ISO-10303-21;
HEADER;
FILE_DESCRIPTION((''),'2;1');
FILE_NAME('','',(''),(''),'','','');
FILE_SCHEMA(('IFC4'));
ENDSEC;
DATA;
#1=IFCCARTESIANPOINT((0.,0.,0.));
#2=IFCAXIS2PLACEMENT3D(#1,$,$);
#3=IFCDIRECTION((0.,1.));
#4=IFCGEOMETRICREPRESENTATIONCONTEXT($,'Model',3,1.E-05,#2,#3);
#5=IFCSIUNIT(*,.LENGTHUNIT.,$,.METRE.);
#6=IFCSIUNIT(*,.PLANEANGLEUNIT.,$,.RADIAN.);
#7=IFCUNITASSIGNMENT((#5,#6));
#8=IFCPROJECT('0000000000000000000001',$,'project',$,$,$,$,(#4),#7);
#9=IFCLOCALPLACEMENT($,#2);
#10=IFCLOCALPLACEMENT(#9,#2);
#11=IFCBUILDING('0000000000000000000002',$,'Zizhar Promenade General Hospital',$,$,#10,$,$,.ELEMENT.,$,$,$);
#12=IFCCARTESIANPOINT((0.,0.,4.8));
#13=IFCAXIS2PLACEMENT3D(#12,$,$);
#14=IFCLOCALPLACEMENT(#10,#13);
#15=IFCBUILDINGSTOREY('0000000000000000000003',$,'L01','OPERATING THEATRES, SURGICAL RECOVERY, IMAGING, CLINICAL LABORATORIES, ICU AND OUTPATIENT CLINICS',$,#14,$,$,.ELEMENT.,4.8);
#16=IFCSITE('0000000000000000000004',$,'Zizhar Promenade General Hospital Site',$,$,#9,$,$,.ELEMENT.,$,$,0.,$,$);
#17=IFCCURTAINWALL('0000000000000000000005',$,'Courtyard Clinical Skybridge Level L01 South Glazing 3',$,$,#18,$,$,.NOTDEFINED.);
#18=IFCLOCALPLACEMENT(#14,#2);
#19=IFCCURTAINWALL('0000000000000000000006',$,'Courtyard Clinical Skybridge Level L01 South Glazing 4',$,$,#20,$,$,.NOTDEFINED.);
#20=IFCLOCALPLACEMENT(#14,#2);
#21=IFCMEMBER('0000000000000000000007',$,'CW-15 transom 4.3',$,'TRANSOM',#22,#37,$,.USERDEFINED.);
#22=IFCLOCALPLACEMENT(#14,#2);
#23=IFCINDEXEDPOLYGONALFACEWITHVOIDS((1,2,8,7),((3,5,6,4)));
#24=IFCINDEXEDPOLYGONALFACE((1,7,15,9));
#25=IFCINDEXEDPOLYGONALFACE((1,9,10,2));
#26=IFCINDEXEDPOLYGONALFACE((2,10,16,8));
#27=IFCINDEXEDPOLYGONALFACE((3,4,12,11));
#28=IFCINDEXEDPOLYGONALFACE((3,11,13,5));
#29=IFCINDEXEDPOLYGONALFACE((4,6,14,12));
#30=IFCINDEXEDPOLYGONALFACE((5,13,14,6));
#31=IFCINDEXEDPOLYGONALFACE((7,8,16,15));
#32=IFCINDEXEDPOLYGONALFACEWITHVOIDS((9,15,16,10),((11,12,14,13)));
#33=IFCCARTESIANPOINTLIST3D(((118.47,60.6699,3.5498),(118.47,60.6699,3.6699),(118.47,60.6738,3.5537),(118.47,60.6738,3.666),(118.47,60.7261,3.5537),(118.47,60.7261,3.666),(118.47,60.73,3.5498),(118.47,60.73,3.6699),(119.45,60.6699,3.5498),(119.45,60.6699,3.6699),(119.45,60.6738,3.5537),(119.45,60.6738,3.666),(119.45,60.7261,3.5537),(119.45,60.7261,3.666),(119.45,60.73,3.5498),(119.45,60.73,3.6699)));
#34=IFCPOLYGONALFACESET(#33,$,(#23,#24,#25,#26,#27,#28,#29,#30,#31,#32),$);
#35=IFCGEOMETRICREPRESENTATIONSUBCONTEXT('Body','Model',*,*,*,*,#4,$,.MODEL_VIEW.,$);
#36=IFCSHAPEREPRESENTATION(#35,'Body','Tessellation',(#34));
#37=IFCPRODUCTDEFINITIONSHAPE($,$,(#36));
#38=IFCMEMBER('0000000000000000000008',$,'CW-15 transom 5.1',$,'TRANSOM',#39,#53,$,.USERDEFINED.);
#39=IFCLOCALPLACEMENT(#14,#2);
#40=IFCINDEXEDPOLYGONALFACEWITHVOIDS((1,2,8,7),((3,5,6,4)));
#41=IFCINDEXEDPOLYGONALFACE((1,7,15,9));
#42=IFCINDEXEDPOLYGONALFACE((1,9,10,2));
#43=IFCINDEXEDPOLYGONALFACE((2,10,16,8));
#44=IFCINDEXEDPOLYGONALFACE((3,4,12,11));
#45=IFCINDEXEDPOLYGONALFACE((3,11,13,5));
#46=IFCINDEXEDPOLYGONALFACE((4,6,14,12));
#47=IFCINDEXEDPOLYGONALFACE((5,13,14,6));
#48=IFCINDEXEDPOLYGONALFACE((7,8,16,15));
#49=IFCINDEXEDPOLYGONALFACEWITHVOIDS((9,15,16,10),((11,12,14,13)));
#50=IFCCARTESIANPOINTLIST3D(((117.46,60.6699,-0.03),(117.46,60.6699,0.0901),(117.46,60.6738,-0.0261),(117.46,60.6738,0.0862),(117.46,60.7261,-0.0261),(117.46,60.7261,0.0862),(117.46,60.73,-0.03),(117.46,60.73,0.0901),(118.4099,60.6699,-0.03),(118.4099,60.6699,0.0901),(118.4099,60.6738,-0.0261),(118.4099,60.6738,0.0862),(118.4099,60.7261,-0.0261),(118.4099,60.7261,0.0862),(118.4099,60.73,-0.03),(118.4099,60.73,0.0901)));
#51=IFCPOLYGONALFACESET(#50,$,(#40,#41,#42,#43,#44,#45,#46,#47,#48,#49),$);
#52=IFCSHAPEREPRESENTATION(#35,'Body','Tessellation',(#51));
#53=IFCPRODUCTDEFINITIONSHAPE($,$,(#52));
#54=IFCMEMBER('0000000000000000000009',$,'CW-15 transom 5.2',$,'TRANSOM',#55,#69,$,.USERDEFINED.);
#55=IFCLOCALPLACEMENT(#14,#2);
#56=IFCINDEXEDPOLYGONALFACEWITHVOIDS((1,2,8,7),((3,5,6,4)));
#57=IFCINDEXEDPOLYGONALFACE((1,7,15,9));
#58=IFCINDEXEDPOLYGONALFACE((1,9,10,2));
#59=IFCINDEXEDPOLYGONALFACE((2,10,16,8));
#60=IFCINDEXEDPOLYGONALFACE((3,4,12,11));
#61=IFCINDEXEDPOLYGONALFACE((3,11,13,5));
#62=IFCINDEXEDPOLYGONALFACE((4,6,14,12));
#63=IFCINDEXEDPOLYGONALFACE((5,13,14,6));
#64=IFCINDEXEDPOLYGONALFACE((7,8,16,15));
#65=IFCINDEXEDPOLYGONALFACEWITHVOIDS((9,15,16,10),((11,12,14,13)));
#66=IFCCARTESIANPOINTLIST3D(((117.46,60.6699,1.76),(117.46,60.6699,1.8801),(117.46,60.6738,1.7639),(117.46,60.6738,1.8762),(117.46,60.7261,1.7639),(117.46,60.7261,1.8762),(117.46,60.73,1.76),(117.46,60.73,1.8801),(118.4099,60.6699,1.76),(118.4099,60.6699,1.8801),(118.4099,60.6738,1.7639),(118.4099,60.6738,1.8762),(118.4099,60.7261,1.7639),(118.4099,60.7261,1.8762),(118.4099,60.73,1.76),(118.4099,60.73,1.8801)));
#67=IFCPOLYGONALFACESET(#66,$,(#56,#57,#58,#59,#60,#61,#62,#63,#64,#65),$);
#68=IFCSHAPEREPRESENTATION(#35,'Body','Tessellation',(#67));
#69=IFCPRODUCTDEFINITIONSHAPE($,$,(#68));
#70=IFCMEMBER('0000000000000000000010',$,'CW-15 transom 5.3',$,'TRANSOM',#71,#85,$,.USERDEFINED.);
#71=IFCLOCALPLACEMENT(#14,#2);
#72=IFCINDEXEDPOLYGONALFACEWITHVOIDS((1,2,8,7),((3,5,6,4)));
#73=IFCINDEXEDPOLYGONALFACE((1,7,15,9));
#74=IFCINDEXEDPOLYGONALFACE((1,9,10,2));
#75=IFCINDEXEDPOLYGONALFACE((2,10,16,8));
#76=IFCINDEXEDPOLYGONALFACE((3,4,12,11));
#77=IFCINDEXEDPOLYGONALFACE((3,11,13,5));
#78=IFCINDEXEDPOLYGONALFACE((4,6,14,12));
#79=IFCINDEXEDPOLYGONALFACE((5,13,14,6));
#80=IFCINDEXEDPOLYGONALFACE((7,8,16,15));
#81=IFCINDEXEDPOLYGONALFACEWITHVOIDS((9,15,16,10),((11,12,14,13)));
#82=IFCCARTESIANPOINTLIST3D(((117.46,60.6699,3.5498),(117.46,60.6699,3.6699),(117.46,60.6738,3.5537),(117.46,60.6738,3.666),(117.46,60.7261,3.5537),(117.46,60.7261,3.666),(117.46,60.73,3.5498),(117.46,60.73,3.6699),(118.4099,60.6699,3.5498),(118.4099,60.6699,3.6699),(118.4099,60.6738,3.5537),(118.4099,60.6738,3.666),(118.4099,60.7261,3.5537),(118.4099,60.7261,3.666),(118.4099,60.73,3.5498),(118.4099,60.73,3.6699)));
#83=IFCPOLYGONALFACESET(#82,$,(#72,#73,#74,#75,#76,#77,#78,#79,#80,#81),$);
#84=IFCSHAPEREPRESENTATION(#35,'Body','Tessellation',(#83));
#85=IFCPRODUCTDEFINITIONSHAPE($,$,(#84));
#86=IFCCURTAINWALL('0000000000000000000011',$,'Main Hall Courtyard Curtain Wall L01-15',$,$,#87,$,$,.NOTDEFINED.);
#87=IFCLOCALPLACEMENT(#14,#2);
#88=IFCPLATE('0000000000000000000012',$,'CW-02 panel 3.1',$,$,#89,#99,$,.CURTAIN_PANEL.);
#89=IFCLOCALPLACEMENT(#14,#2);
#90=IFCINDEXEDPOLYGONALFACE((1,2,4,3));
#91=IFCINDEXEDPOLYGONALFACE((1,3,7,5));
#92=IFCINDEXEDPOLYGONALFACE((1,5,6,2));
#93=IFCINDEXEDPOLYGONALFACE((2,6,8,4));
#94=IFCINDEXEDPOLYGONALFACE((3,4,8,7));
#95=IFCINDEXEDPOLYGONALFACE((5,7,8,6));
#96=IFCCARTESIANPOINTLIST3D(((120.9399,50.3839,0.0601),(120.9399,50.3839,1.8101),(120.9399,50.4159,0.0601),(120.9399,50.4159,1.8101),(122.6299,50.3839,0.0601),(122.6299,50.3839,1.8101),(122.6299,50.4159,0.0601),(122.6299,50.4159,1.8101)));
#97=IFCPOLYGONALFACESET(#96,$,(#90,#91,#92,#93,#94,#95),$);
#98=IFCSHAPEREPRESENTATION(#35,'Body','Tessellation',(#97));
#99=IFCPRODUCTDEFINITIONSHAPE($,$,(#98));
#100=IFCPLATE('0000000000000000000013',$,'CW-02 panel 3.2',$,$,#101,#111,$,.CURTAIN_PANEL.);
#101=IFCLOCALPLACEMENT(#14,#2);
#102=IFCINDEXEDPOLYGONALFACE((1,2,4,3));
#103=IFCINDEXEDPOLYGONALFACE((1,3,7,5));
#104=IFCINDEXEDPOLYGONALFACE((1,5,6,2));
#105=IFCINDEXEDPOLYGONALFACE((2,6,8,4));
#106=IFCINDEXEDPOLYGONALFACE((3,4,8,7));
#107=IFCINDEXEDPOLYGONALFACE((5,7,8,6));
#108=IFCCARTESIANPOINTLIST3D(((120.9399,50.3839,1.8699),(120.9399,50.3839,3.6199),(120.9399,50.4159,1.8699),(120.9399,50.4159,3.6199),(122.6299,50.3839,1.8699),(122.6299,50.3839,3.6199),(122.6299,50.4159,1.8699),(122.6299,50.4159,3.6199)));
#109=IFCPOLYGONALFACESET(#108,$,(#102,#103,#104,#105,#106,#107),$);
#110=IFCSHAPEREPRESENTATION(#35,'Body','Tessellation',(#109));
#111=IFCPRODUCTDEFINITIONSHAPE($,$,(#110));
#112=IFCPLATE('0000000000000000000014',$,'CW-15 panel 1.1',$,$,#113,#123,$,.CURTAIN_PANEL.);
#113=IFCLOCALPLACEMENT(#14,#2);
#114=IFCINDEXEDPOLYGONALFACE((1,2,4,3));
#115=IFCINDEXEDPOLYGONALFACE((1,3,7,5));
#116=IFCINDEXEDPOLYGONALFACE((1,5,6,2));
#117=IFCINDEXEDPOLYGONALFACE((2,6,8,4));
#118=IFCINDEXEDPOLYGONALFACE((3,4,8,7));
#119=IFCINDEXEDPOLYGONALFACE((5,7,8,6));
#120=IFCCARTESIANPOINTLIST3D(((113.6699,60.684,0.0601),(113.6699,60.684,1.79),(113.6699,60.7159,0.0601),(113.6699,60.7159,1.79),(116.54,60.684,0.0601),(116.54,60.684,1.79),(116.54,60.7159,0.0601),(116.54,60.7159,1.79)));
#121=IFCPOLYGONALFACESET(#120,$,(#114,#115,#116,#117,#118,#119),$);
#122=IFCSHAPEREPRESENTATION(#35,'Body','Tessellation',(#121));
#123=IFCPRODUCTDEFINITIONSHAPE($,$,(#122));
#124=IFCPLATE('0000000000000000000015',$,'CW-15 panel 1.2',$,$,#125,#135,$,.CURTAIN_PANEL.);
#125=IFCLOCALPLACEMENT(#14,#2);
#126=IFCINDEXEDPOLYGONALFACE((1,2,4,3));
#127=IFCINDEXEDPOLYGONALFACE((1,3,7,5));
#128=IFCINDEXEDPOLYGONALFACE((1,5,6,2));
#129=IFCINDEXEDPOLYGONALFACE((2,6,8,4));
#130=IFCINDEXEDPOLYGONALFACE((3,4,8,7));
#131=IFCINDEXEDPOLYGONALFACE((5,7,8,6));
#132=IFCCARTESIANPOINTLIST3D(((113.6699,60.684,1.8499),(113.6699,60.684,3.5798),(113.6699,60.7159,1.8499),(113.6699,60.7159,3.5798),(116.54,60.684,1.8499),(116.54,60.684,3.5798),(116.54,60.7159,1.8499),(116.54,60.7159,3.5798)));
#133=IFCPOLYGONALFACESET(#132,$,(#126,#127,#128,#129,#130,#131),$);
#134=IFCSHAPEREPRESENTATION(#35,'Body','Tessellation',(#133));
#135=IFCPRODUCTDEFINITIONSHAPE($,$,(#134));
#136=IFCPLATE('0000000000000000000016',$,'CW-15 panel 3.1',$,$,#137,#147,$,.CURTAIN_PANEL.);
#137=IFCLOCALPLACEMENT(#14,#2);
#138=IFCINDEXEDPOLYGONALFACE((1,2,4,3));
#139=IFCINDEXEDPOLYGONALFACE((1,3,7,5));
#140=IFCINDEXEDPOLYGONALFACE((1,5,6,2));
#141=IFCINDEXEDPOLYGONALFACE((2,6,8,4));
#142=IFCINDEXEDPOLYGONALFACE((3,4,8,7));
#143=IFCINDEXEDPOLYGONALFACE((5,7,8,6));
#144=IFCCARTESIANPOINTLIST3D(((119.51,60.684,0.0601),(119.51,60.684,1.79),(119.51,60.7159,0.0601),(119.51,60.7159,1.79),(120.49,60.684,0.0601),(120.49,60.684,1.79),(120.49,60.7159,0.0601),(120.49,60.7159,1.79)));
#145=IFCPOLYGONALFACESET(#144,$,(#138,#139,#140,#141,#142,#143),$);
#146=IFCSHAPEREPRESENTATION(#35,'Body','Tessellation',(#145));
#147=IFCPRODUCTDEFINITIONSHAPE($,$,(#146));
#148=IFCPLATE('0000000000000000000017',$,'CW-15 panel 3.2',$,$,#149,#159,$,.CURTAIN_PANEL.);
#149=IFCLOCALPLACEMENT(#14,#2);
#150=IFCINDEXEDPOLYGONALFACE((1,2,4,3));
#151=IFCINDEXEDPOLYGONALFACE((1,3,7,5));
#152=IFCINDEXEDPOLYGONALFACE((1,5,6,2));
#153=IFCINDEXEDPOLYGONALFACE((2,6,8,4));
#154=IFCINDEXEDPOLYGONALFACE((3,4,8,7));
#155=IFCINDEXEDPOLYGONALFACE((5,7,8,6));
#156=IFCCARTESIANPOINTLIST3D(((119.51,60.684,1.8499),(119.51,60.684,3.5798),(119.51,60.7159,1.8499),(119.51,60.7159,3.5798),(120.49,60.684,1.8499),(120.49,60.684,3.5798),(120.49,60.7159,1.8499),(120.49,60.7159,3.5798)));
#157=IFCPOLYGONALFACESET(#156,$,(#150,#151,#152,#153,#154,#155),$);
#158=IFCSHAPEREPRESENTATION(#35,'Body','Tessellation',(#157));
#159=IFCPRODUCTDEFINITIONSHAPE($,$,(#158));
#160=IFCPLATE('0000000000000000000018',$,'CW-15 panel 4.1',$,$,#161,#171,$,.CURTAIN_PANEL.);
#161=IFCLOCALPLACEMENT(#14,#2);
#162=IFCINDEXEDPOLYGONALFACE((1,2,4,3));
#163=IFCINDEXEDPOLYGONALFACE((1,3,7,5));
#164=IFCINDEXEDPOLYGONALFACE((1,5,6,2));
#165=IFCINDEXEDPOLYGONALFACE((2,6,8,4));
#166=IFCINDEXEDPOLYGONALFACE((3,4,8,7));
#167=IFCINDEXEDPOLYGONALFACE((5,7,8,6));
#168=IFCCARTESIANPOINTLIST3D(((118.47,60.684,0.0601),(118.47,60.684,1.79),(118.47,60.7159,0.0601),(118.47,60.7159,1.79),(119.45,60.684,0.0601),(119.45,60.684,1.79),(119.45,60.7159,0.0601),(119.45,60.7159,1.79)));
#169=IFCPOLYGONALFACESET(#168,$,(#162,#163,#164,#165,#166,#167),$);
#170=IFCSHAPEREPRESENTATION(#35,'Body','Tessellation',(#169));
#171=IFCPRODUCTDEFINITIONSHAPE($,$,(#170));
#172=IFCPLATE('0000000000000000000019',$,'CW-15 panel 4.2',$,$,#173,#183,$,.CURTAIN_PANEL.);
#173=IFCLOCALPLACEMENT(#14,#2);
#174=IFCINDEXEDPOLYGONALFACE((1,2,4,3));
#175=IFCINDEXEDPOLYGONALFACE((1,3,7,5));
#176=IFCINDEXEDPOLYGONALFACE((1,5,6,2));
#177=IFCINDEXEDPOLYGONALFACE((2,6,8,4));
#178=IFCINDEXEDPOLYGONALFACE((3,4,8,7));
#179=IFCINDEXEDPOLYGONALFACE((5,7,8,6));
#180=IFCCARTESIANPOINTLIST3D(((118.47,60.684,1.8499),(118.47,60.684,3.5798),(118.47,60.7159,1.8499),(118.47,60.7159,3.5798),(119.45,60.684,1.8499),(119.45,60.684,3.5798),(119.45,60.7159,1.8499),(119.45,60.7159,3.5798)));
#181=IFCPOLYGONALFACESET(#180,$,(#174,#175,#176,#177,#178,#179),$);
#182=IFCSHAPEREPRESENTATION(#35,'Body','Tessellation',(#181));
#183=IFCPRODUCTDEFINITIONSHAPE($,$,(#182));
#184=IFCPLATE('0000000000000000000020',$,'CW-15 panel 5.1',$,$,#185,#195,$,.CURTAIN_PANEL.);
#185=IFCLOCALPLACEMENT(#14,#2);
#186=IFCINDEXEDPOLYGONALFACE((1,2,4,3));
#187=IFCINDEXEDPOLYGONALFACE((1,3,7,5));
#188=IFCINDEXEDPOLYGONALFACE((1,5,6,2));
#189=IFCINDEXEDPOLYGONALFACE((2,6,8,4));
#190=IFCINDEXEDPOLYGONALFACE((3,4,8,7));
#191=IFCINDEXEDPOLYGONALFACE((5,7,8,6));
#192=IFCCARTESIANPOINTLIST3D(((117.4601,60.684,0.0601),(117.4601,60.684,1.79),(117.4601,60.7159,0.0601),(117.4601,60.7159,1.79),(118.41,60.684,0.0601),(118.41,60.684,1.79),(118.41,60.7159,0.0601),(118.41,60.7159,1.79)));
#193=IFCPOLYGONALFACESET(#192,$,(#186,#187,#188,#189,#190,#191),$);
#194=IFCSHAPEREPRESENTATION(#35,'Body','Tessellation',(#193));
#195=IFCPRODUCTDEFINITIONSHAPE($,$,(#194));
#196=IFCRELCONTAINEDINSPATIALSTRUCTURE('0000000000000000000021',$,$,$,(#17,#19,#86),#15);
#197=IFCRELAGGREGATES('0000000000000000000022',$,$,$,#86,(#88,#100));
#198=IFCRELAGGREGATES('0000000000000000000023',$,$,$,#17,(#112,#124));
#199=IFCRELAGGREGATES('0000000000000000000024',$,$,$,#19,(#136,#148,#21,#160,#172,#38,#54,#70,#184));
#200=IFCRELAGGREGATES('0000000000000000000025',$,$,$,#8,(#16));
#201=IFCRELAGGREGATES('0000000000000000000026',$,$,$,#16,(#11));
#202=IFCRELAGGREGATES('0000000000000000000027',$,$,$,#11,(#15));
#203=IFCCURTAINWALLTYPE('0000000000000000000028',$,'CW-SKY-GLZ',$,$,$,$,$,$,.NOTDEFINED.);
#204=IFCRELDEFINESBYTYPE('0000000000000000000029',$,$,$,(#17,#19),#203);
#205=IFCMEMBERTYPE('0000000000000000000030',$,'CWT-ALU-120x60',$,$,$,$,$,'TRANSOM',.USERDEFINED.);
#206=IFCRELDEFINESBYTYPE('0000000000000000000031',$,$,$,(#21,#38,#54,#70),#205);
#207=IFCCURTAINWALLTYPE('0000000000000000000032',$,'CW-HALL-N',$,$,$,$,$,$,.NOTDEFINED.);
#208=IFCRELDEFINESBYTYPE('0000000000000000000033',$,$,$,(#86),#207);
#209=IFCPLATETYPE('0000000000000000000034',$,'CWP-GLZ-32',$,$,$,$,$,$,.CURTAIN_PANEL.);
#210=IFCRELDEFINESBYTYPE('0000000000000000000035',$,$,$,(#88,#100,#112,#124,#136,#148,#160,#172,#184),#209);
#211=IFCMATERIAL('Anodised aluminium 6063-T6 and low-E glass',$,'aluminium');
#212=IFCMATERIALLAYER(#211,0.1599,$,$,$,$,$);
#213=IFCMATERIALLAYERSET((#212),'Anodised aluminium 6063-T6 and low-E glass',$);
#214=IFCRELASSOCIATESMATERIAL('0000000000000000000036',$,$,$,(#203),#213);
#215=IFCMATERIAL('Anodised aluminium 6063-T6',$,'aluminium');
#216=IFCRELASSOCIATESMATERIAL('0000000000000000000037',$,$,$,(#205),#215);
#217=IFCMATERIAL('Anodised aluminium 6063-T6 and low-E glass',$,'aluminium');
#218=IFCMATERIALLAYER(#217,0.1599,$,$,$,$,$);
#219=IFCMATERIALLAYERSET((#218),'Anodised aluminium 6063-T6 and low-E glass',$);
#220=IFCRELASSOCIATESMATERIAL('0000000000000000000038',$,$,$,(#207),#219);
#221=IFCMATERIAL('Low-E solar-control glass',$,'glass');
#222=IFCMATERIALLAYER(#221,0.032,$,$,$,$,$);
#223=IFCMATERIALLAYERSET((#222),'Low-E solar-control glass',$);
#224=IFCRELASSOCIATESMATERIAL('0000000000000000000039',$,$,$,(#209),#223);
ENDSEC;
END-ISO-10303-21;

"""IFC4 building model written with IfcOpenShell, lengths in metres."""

from ifc_helpers import new_model, si_unit, direction, frame, origin, origin_2d, place, context, subcontext, project, spatial, rectangle, hollow_rectangle, extrude, material, layer, layer_set, material_profile, profile_set, type_object, element, aggregate, save


model = new_model("IFC4")

# Units and contexts
model_context = context("Model", 3, precision=1e-05, world=origin(), true_north=direction((0.0, 1.0)))
body_context = subcontext(model_context, "Body", "Model", "MODEL_VIEW")
ifc_project = project(units=[si_unit("LENGTHUNIT", "METRE"), si_unit("PLANEANGLEUNIT", "RADIAN")], contexts=[model_context])

# Site, building, storey
site_placement = place(None, origin())
site = spatial("IfcSite", under=ifc_project, at=site_placement, Name="Zizhar Promenade General Hospital Site", CompositionType="ELEMENT", RefElevation=0.0)
building_placement = place(site_placement, origin())
building = spatial("IfcBuilding", under=site, at=building_placement, Name="Zizhar Promenade General Hospital", CompositionType="ELEMENT")
storey_placement = place(building_placement, frame((0.0, 0.0, 4.8)))
storey = spatial("IfcBuildingStorey", under=building, at=storey_placement, Name="L01", Description="OPERATING THEATRES, SURGICAL RECOVERY, IMAGING, CLINICAL LABORATORIES, ICU AND OUTPATIENT CLINICS", CompositionType="ELEMENT", Elevation=4.8)

# Curtain wall
ifc_material_1 = material(Name="Anodised aluminium 6063-T6 and low-E glass", Category="aluminium")
ifc_layer_1 = layer(ifc_material_1, 0.1599)
ifc_layer_set_1 = layer_set([ifc_layer_1], Name="Anodised aluminium 6063-T6 and low-E glass")
curtain_wall_type_1 = type_object("IfcCurtainWallType", Name="CW-SKY-GLZ", PredefinedType="NOTDEFINED", material=ifc_layer_set_1)
curtain_wall_1_placement = place(storey_placement, origin())
curtain_wall_1 = element("IfcCurtainWall", 1, at=curtain_wall_1_placement, inside=storey, type_object=curtain_wall_type_1, Name="Courtyard Clinical Skybridge Level L01 South Glazing 3", PredefinedType="NOTDEFINED")

# Curtain wall
curtain_wall_2_placement = place(storey_placement, origin())
curtain_wall_2 = element("IfcCurtainWall", 2, at=curtain_wall_2_placement, inside=storey, type_object=curtain_wall_type_1, Name="Courtyard Clinical Skybridge Level L01 South Glazing 4", PredefinedType="NOTDEFINED")

# Members
ifc_material_2 = material(Name="Anodised aluminium 6063-T6", Category="aluminium")
ifc_material_profile_1 = material_profile(ifc_material_2, hollow_rectangle(XDim=0.0601, YDim=0.1201, WallThickness=0.0039, at=origin_2d()))
ifc_profile_set_1 = profile_set([ifc_material_profile_1], Name="Anodised aluminium 6063-T6")
member_type_1 = type_object("IfcMemberType", Name="CWT-ALU-120x60", ElementType="TRANSOM", PredefinedType="USERDEFINED", material=ifc_profile_set_1)
member_1_placement = place(storey_placement, frame((119.45, 60.7, 3.6099), z_axis=(-1.0, 0.0, 0.0), x_axis=(0.0, -1.0, 0.0)))
member_1 = element("IfcMember", 3, at=member_1_placement, type_object=member_type_1, Name="CW-15 transom 4.3", ObjectType="TRANSOM", PredefinedType="USERDEFINED", context=body_context, shape_type="SweptSolid", body=[
    extrude(hollow_rectangle(XDim=0.0601, YDim=0.1201, WallThickness=0.0039, at=origin_2d()), origin(), (0.0, 0.0, 1.0), 0.98),
])
member_2_placement = place(storey_placement, frame((118.4099, 60.7, 0.03), z_axis=(-1.0, 0.0, 0.0), x_axis=(0.0, -1.0, 0.0)))
member_2 = element("IfcMember", 4, at=member_2_placement, type_object=member_type_1, Name="CW-15 transom 5.1", ObjectType="TRANSOM", PredefinedType="USERDEFINED", context=body_context, shape_type="SweptSolid", body=[
    extrude(hollow_rectangle(XDim=0.0601, YDim=0.1201, WallThickness=0.0039, at=origin_2d()), origin(), (0.0, 0.0, 1.0), 0.95),
])
member_3_placement = place(storey_placement, frame((118.4099, 60.7, 1.8201), z_axis=(-1.0, 0.0, 0.0), x_axis=(0.0, -1.0, 0.0)))
member_3 = element("IfcMember", 5, at=member_3_placement, type_object=member_type_1, Name="CW-15 transom 5.2", ObjectType="TRANSOM", PredefinedType="USERDEFINED", context=body_context, shape_type="SweptSolid", body=[
    extrude(hollow_rectangle(XDim=0.0601, YDim=0.1201, WallThickness=0.0039, at=origin_2d()), origin(), (0.0, 0.0, 1.0), 0.95),
])
member_4_placement = place(storey_placement, frame((118.4099, 60.7, 3.6099), z_axis=(-1.0, 0.0, 0.0), x_axis=(0.0, -1.0, 0.0)))
member_4 = element("IfcMember", 6, at=member_4_placement, type_object=member_type_1, Name="CW-15 transom 5.3", ObjectType="TRANSOM", PredefinedType="USERDEFINED", context=body_context, shape_type="SweptSolid", body=[
    extrude(hollow_rectangle(XDim=0.0601, YDim=0.1201, WallThickness=0.0039, at=origin_2d()), origin(), (0.0, 0.0, 1.0), 0.95),
])

# Curtain wall, plates
ifc_material_3 = material(Name="Anodised aluminium 6063-T6 and low-E glass", Category="aluminium")
ifc_layer_2 = layer(ifc_material_3, 0.1599)
ifc_layer_set_2 = layer_set([ifc_layer_2], Name="Anodised aluminium 6063-T6 and low-E glass")
curtain_wall_type_2 = type_object("IfcCurtainWallType", Name="CW-HALL-N", PredefinedType="NOTDEFINED", material=ifc_layer_set_2)
curtain_wall_3_placement = place(storey_placement, origin())
curtain_wall_3 = element("IfcCurtainWall", 7, at=curtain_wall_3_placement, inside=storey, type_object=curtain_wall_type_2, Name="Main Hall Courtyard Curtain Wall L01-15", PredefinedType="NOTDEFINED")
ifc_material_4 = material(Name="Low-E solar-control glass", Category="glass")
ifc_layer_3 = layer(ifc_material_4, 0.032)
ifc_layer_set_3 = layer_set([ifc_layer_3], Name="Low-E solar-control glass")
plate_type = type_object("IfcPlateType", Name="CWP-GLZ-32", PredefinedType="CURTAIN_PANEL", material=ifc_layer_set_3)
plate_1_placement = place(storey_placement, frame((121.7849, 50.3999, 0.0601), z_axis=(0.0, 0.0, 1.0), x_axis=(1.0, 0.0, 0.0)))
plate_1 = element("IfcPlate", 8, at=plate_1_placement, type_object=plate_type, Name="CW-02 panel 3.1", PredefinedType="CURTAIN_PANEL", context=body_context, shape_type="SweptSolid", body=[
    extrude(rectangle(XDim=1.6899, YDim=0.032, at=origin_2d()), origin(), (0.0, 0.0, 1.0), 1.75),
])
plate_2_placement = place(storey_placement, frame((121.7849, 50.3999, 1.8699), z_axis=(0.0, 0.0, 1.0), x_axis=(1.0, 0.0, 0.0)))
plate_2 = element("IfcPlate", 9, at=plate_2_placement, type_object=plate_type, Name="CW-02 panel 3.2", PredefinedType="CURTAIN_PANEL", context=body_context, shape_type="SweptSolid", body=[
    extrude(rectangle(XDim=1.6899, YDim=0.032, at=origin_2d()), origin(), (0.0, 0.0, 1.0), 1.75),
])
aggregate(curtain_wall_3, [plate_1, plate_2])

# Plates
plate_3_placement = place(storey_placement, frame((115.105, 60.7, 0.0601), z_axis=(0.0, 0.0, 1.0), x_axis=(-1.0, 0.0, 0.0)))
plate_3 = element("IfcPlate", 10, at=plate_3_placement, type_object=plate_type, Name="CW-15 panel 1.1", PredefinedType="CURTAIN_PANEL", context=body_context, shape_type="SweptSolid", body=[
    extrude(rectangle(XDim=2.8701, YDim=0.032, at=origin_2d()), origin(), (0.0, 0.0, 1.0), 1.73),
])
plate_4_placement = place(storey_placement, frame((115.105, 60.7, 1.8499), z_axis=(0.0, 0.0, 1.0), x_axis=(-1.0, 0.0, 0.0)))
plate_4 = element("IfcPlate", 11, at=plate_4_placement, type_object=plate_type, Name="CW-15 panel 1.2", PredefinedType="CURTAIN_PANEL", context=body_context, shape_type="SweptSolid", body=[
    extrude(rectangle(XDim=2.8701, YDim=0.032, at=origin_2d()), origin(), (0.0, 0.0, 1.0), 1.73),
])
aggregate(curtain_wall_1, [plate_3, plate_4])
plate_5_placement = place(storey_placement, frame((120.0, 60.7, 0.0601), z_axis=(0.0, 0.0, 1.0), x_axis=(-1.0, 0.0, 0.0)))
plate_5 = element("IfcPlate", 12, at=plate_5_placement, type_object=plate_type, Name="CW-15 panel 3.1", PredefinedType="CURTAIN_PANEL", context=body_context, shape_type="SweptSolid", body=[
    extrude(rectangle(XDim=0.98, YDim=0.032, at=origin_2d()), origin(), (0.0, 0.0, 1.0), 1.73),
])
plate_6_placement = place(storey_placement, frame((120.0, 60.7, 1.8499), z_axis=(0.0, 0.0, 1.0), x_axis=(-1.0, 0.0, 0.0)))
plate_6 = element("IfcPlate", 13, at=plate_6_placement, type_object=plate_type, Name="CW-15 panel 3.2", PredefinedType="CURTAIN_PANEL", context=body_context, shape_type="SweptSolid", body=[
    extrude(rectangle(XDim=0.98, YDim=0.032, at=origin_2d()), origin(), (0.0, 0.0, 1.0), 1.73),
])
plate_7_placement = place(storey_placement, frame((118.96, 60.7, 0.0601), z_axis=(0.0, 0.0, 1.0), x_axis=(-1.0, 0.0, 0.0)))
plate_7 = element("IfcPlate", 14, at=plate_7_placement, type_object=plate_type, Name="CW-15 panel 4.1", PredefinedType="CURTAIN_PANEL", context=body_context, shape_type="SweptSolid", body=[
    extrude(rectangle(XDim=0.98, YDim=0.032, at=origin_2d()), origin(), (0.0, 0.0, 1.0), 1.73),
])
plate_8_placement = place(storey_placement, frame((118.96, 60.7, 1.8499), z_axis=(0.0, 0.0, 1.0), x_axis=(-1.0, 0.0, 0.0)))
plate_8 = element("IfcPlate", 15, at=plate_8_placement, type_object=plate_type, Name="CW-15 panel 4.2", PredefinedType="CURTAIN_PANEL", context=body_context, shape_type="SweptSolid", body=[
    extrude(rectangle(XDim=0.98, YDim=0.032, at=origin_2d()), origin(), (0.0, 0.0, 1.0), 1.73),
])
plate_9_placement = place(storey_placement, frame((117.9351, 60.7, 0.0601), z_axis=(0.0, 0.0, 1.0), x_axis=(-1.0, 0.0, 0.0)))
plate_9 = element("IfcPlate", 16, at=plate_9_placement, type_object=plate_type, Name="CW-15 panel 5.1", PredefinedType="CURTAIN_PANEL", context=body_context, shape_type="SweptSolid", body=[
    extrude(rectangle(XDim=0.95, YDim=0.032, at=origin_2d()), origin(), (0.0, 0.0, 1.0), 1.73),
])
aggregate(curtain_wall_2, [plate_5, plate_6, member_1, plate_7, plate_8, member_2, member_3, member_4, plate_9])

save(model, "model.ifc")
